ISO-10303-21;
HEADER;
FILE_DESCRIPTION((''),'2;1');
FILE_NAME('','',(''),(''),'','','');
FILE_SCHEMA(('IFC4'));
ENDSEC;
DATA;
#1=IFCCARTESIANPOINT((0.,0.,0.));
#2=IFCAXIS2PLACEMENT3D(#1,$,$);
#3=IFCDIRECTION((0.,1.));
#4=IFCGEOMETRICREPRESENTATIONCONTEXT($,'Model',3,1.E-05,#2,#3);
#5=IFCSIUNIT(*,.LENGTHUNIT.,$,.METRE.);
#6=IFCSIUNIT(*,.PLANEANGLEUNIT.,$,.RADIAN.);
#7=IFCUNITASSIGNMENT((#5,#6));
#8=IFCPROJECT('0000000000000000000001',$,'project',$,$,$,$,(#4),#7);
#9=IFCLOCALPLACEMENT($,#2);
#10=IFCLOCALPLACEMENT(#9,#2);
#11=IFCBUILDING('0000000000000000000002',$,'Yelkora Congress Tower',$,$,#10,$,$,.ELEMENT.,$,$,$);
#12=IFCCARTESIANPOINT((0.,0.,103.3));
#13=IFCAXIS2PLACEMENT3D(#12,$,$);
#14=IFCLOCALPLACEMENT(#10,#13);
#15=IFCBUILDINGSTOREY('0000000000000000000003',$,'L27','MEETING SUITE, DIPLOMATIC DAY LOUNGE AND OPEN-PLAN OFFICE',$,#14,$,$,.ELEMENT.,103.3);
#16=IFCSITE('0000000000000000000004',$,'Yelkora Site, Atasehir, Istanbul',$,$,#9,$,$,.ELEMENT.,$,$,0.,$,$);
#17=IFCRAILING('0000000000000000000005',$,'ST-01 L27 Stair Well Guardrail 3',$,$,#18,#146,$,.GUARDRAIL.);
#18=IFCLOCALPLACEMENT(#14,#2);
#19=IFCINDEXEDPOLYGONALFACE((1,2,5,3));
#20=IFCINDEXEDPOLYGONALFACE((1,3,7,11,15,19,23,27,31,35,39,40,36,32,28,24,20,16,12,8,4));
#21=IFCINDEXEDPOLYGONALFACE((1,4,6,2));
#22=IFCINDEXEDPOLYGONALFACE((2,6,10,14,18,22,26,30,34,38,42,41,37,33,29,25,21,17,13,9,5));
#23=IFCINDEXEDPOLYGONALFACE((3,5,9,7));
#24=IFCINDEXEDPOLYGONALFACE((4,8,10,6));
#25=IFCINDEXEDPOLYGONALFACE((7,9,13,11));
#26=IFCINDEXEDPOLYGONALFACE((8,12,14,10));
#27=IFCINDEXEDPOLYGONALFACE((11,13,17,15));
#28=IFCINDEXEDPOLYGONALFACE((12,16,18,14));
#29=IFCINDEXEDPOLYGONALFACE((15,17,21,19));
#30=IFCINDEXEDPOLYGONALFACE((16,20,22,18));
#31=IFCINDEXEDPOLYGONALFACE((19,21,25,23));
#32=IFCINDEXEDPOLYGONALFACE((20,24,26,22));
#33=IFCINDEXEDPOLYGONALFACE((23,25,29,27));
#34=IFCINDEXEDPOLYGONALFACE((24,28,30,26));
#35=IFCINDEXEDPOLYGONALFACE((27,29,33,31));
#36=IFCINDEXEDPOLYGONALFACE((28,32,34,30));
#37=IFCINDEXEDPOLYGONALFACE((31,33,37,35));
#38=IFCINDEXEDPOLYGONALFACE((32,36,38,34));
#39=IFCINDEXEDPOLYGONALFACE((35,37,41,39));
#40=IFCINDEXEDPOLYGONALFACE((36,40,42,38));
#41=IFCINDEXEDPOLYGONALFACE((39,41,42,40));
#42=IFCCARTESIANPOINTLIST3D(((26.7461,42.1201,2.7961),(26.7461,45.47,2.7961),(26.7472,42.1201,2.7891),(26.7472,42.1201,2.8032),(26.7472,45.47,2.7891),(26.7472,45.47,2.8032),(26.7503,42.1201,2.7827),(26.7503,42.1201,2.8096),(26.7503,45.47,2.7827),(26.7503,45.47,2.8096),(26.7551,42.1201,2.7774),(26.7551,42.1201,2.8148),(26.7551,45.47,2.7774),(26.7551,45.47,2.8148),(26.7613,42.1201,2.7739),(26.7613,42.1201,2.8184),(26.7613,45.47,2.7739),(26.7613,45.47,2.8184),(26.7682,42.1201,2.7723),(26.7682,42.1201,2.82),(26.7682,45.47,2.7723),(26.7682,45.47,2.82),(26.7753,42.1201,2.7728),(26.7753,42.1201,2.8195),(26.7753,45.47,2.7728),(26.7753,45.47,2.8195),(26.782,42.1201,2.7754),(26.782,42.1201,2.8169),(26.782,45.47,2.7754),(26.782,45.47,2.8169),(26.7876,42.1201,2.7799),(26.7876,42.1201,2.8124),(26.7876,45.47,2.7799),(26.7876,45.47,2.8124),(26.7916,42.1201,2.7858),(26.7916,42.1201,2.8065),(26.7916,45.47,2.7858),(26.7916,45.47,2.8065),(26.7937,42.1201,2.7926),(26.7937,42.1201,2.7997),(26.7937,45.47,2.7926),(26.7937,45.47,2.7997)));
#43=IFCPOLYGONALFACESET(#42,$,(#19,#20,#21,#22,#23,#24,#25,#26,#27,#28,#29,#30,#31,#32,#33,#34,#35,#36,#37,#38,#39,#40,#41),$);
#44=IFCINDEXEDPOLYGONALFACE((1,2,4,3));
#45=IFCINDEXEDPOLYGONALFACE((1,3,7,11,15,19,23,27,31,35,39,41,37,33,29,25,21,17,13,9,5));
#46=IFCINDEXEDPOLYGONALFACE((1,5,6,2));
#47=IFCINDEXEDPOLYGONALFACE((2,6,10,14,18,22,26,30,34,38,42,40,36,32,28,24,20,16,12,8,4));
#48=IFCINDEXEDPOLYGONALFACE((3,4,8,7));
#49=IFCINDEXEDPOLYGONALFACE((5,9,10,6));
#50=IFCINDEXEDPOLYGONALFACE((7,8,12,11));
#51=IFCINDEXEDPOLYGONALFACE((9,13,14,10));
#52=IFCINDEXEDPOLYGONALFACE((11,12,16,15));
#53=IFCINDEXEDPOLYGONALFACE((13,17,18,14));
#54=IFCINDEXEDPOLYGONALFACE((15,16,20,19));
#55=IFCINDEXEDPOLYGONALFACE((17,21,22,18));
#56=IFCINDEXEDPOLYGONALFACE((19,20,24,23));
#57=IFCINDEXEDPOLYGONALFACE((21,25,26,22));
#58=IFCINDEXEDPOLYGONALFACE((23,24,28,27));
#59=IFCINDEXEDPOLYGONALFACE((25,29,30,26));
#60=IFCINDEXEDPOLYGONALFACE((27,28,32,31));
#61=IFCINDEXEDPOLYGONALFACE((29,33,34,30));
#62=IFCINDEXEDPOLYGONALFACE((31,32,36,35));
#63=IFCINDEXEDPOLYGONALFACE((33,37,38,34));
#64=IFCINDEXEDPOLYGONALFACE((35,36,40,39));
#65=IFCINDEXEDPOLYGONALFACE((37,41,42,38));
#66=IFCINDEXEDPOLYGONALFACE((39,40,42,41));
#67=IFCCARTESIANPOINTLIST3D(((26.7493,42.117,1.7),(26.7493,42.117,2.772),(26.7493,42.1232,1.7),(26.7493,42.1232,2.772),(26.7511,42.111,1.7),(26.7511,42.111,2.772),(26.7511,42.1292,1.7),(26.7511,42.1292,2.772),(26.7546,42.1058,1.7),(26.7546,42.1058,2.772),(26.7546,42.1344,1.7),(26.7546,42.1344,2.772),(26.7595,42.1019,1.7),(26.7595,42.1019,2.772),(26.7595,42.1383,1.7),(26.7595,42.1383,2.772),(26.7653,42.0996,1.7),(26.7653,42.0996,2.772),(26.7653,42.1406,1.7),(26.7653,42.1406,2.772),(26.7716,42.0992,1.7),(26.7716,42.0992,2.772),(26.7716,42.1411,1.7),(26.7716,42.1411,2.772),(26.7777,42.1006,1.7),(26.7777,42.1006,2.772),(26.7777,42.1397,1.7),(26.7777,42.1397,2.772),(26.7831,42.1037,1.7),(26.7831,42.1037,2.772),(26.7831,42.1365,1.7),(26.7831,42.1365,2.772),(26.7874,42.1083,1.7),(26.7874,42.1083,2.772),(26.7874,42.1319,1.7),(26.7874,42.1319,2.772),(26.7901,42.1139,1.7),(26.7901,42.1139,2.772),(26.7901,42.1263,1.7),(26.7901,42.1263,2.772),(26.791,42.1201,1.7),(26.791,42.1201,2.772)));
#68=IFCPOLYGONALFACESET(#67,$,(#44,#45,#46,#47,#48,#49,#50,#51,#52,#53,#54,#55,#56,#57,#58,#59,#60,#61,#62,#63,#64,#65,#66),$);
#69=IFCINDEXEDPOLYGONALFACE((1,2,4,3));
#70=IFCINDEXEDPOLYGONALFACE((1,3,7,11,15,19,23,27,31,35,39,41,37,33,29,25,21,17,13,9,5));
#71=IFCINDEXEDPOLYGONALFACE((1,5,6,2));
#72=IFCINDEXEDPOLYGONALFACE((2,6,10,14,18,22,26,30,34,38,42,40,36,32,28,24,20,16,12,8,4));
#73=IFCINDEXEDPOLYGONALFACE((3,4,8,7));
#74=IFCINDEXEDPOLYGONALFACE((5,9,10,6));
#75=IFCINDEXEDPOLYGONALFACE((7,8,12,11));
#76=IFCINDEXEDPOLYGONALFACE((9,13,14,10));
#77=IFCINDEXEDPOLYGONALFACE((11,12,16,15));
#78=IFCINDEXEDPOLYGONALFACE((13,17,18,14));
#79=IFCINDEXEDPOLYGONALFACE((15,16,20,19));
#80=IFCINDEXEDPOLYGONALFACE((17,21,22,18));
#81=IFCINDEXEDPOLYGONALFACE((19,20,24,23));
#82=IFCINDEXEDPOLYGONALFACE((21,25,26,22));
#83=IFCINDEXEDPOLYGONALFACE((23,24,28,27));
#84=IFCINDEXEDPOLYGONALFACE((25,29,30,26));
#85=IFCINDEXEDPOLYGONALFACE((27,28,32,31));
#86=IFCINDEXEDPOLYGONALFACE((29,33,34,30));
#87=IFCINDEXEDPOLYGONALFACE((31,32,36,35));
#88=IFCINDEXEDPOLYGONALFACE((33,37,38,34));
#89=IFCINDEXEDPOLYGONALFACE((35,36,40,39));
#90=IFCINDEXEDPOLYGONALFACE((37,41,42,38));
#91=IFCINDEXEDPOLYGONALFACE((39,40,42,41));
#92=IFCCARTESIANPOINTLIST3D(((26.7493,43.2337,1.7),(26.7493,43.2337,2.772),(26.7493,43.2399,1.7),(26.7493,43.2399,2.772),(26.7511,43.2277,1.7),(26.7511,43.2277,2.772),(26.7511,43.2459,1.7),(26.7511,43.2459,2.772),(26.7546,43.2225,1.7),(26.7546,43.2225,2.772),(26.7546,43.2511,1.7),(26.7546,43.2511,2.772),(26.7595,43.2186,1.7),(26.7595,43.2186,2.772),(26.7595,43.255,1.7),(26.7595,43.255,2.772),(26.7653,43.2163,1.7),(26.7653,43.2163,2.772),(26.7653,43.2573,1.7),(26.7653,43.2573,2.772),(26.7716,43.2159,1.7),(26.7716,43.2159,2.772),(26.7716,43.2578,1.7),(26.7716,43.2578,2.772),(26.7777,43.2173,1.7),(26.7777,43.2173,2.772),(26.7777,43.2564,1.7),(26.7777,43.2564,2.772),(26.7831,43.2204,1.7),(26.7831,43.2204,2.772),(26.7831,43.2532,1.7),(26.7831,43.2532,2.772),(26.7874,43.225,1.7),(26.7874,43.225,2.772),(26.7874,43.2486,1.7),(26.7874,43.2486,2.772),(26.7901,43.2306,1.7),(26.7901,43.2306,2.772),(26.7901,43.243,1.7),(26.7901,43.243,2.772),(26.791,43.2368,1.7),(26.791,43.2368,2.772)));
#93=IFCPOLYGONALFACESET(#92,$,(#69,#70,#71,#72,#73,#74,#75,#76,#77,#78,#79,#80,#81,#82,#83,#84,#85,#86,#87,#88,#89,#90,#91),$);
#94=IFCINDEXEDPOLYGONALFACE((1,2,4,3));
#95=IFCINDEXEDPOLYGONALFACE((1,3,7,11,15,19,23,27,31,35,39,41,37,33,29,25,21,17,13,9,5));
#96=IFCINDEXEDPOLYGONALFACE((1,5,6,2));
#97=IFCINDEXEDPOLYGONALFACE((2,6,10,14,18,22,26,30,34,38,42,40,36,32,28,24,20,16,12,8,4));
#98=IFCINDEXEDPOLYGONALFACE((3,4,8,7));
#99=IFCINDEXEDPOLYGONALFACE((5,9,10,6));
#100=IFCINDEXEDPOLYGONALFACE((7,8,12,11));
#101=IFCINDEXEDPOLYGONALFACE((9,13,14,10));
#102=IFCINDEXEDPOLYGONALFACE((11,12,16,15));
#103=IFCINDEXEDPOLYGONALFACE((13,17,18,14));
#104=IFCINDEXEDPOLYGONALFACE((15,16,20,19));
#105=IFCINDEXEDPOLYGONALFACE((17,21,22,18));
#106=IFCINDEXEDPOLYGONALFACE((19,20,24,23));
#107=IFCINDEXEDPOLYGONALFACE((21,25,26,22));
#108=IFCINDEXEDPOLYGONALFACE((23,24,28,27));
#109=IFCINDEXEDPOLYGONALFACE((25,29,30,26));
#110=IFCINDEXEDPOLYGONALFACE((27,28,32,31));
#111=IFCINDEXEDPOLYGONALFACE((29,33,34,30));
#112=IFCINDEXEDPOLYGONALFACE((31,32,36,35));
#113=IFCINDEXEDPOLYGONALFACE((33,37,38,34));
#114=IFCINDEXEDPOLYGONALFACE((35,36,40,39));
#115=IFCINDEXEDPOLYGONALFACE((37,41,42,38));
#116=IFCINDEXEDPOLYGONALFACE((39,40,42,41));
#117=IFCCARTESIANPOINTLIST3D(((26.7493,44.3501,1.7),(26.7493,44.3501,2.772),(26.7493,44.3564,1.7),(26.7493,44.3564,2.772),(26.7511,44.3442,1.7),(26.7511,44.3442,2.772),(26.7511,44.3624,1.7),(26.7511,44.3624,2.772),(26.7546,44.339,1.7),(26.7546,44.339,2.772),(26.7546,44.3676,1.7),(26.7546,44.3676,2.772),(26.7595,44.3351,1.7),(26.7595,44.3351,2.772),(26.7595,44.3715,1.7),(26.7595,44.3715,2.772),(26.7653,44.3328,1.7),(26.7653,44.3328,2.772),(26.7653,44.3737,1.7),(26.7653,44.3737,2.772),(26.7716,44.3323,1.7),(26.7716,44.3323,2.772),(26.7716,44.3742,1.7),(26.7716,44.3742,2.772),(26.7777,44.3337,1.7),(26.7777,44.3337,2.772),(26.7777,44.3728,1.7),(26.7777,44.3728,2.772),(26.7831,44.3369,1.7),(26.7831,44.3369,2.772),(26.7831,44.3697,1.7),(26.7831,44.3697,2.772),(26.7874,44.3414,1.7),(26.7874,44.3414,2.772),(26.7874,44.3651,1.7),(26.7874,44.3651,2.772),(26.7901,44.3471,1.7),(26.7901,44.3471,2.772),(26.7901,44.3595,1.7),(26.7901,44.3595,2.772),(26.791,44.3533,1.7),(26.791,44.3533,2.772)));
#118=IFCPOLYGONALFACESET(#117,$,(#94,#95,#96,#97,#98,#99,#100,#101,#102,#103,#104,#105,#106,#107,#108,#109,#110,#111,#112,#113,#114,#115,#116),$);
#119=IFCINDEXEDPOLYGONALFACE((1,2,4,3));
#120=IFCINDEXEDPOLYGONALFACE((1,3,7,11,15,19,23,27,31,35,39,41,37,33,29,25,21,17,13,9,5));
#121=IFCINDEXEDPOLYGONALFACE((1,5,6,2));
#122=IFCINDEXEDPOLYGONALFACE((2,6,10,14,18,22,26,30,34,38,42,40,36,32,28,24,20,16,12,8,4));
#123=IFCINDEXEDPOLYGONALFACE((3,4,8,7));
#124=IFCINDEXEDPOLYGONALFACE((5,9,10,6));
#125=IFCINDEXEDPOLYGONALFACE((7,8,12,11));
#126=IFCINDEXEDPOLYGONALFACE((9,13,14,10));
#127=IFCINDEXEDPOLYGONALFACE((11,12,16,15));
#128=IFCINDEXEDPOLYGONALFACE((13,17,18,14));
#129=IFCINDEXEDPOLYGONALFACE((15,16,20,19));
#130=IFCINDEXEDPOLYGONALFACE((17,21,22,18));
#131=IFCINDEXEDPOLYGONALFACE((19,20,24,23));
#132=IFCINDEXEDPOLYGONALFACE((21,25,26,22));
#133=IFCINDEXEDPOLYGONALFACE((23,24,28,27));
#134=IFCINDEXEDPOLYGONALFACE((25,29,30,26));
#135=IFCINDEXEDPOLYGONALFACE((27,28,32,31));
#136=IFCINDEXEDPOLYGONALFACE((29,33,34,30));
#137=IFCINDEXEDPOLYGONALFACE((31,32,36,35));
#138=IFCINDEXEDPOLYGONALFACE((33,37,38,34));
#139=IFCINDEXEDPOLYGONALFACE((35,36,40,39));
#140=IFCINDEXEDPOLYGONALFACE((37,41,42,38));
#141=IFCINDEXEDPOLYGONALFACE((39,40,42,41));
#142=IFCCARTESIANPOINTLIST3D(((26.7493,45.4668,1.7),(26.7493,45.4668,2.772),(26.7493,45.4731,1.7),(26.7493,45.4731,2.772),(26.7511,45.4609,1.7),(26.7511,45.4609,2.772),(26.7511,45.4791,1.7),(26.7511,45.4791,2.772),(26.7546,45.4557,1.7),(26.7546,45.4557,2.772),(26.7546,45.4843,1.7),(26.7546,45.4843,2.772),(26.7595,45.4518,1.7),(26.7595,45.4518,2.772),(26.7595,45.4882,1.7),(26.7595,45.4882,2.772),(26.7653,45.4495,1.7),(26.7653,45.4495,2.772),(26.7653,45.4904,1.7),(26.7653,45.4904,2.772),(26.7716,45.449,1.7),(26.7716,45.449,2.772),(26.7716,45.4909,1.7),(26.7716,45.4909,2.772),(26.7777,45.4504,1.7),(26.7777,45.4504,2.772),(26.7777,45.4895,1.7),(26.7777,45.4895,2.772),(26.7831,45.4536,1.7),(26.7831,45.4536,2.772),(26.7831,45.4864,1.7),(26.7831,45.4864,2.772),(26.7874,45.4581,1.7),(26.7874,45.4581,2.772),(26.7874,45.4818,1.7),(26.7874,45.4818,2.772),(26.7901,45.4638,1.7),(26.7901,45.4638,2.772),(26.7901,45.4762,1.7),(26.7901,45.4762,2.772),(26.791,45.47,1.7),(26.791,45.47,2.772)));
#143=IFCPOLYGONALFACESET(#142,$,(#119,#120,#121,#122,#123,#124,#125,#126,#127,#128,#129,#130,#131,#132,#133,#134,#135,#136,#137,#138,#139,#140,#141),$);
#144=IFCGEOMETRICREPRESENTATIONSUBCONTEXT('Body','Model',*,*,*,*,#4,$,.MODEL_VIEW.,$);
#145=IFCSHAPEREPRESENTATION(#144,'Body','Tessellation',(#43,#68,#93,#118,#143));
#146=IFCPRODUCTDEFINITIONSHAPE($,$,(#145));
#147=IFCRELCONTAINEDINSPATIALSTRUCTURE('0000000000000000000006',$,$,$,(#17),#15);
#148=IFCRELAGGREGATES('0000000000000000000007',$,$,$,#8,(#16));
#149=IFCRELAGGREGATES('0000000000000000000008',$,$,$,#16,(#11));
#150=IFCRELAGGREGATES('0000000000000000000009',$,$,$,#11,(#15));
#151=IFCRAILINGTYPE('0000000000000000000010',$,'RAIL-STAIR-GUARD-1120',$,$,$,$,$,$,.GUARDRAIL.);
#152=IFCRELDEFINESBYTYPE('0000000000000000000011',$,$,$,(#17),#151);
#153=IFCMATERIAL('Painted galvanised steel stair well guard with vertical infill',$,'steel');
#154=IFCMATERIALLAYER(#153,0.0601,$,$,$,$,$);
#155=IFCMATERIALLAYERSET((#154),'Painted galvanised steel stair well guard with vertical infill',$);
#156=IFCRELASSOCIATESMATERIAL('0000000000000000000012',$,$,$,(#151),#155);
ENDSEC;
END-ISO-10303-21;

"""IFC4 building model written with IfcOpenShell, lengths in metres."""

from ifc_helpers import new_model, si_unit, direction, frame, origin, origin_2d, place, context, subcontext, project, spatial, circle, extrude, material, layer, layer_set, type_object, element, save


model = new_model("IFC4")

# Units and contexts
model_context = context("Model", 3, precision=1e-05, world=origin(), true_north=direction((0.0, 1.0)))
body_context = subcontext(model_context, "Body", "Model", "MODEL_VIEW")
ifc_project = project(units=[si_unit("LENGTHUNIT", "METRE"), si_unit("PLANEANGLEUNIT", "RADIAN")], contexts=[model_context])

# Site, building, storey
site_placement = place(None, origin())
site = spatial("IfcSite", under=ifc_project, at=site_placement, Name="Yelkora Site, Atasehir, Istanbul", CompositionType="ELEMENT", RefElevation=0.0)
building_placement = place(site_placement, origin())
building = spatial("IfcBuilding", under=site, at=building_placement, Name="Yelkora Congress Tower", CompositionType="ELEMENT")
storey_placement = place(building_placement, frame((0.0, 0.0, 103.3)))
storey = spatial("IfcBuildingStorey", under=building, at=storey_placement, Name="L27", Description="MEETING SUITE, DIPLOMATIC DAY LOUNGE AND OPEN-PLAN OFFICE", CompositionType="ELEMENT", Elevation=103.3)

# Railing
ifc_material_1 = material(Name="Painted galvanised steel stair well guard with vertical infill", Category="steel")
ifc_layer_1 = layer(ifc_material_1, 0.0601)
ifc_layer_set_1 = layer_set([ifc_layer_1], Name="Painted galvanised steel stair well guard with vertical infill")
railing_type_1 = type_object("IfcRailingType", Name="RAIL-STAIR-GUARD-1120", PredefinedType="GUARDRAIL", material=ifc_layer_set_1)
railing_1_placement = place(storey_placement, frame((26.77, 42.1201, 1.7)))
element("IfcRailing", 1, at=railing_1_placement, inside=storey, type_object=railing_type_1, Name="ST-01 L27 Stair Well Guardrail 3", PredefinedType="GUARDRAIL", context=body_context, shape_type="SweptSolid", body=[
    extrude(circle(Radius=0.0239, at=origin_2d()), frame((0.0, 0.0, 1.0962), z_axis=(0.0, 1.0, 0.0), x_axis=(-1.0, 0.0, 0.0)), (0.0, 0.0, 1.0), 3.3499),
    extrude(circle(Radius=0.021, at=origin_2d()), origin(), (0.0, 0.0, 1.0), 1.072),
    extrude(circle(Radius=0.021, at=origin_2d()), frame((0.0, 1.1167, 0.0)), (0.0, 0.0, 1.0), 1.072),
    extrude(circle(Radius=0.021, at=origin_2d()), frame((0.0, 2.2332, 0.0)), (0.0, 0.0, 1.0), 1.072),
    extrude(circle(Radius=0.021, at=origin_2d()), frame((0.0, 3.3499, 0.0)), (0.0, 0.0, 1.0), 1.072),
])

save(model, "model.ifc")
